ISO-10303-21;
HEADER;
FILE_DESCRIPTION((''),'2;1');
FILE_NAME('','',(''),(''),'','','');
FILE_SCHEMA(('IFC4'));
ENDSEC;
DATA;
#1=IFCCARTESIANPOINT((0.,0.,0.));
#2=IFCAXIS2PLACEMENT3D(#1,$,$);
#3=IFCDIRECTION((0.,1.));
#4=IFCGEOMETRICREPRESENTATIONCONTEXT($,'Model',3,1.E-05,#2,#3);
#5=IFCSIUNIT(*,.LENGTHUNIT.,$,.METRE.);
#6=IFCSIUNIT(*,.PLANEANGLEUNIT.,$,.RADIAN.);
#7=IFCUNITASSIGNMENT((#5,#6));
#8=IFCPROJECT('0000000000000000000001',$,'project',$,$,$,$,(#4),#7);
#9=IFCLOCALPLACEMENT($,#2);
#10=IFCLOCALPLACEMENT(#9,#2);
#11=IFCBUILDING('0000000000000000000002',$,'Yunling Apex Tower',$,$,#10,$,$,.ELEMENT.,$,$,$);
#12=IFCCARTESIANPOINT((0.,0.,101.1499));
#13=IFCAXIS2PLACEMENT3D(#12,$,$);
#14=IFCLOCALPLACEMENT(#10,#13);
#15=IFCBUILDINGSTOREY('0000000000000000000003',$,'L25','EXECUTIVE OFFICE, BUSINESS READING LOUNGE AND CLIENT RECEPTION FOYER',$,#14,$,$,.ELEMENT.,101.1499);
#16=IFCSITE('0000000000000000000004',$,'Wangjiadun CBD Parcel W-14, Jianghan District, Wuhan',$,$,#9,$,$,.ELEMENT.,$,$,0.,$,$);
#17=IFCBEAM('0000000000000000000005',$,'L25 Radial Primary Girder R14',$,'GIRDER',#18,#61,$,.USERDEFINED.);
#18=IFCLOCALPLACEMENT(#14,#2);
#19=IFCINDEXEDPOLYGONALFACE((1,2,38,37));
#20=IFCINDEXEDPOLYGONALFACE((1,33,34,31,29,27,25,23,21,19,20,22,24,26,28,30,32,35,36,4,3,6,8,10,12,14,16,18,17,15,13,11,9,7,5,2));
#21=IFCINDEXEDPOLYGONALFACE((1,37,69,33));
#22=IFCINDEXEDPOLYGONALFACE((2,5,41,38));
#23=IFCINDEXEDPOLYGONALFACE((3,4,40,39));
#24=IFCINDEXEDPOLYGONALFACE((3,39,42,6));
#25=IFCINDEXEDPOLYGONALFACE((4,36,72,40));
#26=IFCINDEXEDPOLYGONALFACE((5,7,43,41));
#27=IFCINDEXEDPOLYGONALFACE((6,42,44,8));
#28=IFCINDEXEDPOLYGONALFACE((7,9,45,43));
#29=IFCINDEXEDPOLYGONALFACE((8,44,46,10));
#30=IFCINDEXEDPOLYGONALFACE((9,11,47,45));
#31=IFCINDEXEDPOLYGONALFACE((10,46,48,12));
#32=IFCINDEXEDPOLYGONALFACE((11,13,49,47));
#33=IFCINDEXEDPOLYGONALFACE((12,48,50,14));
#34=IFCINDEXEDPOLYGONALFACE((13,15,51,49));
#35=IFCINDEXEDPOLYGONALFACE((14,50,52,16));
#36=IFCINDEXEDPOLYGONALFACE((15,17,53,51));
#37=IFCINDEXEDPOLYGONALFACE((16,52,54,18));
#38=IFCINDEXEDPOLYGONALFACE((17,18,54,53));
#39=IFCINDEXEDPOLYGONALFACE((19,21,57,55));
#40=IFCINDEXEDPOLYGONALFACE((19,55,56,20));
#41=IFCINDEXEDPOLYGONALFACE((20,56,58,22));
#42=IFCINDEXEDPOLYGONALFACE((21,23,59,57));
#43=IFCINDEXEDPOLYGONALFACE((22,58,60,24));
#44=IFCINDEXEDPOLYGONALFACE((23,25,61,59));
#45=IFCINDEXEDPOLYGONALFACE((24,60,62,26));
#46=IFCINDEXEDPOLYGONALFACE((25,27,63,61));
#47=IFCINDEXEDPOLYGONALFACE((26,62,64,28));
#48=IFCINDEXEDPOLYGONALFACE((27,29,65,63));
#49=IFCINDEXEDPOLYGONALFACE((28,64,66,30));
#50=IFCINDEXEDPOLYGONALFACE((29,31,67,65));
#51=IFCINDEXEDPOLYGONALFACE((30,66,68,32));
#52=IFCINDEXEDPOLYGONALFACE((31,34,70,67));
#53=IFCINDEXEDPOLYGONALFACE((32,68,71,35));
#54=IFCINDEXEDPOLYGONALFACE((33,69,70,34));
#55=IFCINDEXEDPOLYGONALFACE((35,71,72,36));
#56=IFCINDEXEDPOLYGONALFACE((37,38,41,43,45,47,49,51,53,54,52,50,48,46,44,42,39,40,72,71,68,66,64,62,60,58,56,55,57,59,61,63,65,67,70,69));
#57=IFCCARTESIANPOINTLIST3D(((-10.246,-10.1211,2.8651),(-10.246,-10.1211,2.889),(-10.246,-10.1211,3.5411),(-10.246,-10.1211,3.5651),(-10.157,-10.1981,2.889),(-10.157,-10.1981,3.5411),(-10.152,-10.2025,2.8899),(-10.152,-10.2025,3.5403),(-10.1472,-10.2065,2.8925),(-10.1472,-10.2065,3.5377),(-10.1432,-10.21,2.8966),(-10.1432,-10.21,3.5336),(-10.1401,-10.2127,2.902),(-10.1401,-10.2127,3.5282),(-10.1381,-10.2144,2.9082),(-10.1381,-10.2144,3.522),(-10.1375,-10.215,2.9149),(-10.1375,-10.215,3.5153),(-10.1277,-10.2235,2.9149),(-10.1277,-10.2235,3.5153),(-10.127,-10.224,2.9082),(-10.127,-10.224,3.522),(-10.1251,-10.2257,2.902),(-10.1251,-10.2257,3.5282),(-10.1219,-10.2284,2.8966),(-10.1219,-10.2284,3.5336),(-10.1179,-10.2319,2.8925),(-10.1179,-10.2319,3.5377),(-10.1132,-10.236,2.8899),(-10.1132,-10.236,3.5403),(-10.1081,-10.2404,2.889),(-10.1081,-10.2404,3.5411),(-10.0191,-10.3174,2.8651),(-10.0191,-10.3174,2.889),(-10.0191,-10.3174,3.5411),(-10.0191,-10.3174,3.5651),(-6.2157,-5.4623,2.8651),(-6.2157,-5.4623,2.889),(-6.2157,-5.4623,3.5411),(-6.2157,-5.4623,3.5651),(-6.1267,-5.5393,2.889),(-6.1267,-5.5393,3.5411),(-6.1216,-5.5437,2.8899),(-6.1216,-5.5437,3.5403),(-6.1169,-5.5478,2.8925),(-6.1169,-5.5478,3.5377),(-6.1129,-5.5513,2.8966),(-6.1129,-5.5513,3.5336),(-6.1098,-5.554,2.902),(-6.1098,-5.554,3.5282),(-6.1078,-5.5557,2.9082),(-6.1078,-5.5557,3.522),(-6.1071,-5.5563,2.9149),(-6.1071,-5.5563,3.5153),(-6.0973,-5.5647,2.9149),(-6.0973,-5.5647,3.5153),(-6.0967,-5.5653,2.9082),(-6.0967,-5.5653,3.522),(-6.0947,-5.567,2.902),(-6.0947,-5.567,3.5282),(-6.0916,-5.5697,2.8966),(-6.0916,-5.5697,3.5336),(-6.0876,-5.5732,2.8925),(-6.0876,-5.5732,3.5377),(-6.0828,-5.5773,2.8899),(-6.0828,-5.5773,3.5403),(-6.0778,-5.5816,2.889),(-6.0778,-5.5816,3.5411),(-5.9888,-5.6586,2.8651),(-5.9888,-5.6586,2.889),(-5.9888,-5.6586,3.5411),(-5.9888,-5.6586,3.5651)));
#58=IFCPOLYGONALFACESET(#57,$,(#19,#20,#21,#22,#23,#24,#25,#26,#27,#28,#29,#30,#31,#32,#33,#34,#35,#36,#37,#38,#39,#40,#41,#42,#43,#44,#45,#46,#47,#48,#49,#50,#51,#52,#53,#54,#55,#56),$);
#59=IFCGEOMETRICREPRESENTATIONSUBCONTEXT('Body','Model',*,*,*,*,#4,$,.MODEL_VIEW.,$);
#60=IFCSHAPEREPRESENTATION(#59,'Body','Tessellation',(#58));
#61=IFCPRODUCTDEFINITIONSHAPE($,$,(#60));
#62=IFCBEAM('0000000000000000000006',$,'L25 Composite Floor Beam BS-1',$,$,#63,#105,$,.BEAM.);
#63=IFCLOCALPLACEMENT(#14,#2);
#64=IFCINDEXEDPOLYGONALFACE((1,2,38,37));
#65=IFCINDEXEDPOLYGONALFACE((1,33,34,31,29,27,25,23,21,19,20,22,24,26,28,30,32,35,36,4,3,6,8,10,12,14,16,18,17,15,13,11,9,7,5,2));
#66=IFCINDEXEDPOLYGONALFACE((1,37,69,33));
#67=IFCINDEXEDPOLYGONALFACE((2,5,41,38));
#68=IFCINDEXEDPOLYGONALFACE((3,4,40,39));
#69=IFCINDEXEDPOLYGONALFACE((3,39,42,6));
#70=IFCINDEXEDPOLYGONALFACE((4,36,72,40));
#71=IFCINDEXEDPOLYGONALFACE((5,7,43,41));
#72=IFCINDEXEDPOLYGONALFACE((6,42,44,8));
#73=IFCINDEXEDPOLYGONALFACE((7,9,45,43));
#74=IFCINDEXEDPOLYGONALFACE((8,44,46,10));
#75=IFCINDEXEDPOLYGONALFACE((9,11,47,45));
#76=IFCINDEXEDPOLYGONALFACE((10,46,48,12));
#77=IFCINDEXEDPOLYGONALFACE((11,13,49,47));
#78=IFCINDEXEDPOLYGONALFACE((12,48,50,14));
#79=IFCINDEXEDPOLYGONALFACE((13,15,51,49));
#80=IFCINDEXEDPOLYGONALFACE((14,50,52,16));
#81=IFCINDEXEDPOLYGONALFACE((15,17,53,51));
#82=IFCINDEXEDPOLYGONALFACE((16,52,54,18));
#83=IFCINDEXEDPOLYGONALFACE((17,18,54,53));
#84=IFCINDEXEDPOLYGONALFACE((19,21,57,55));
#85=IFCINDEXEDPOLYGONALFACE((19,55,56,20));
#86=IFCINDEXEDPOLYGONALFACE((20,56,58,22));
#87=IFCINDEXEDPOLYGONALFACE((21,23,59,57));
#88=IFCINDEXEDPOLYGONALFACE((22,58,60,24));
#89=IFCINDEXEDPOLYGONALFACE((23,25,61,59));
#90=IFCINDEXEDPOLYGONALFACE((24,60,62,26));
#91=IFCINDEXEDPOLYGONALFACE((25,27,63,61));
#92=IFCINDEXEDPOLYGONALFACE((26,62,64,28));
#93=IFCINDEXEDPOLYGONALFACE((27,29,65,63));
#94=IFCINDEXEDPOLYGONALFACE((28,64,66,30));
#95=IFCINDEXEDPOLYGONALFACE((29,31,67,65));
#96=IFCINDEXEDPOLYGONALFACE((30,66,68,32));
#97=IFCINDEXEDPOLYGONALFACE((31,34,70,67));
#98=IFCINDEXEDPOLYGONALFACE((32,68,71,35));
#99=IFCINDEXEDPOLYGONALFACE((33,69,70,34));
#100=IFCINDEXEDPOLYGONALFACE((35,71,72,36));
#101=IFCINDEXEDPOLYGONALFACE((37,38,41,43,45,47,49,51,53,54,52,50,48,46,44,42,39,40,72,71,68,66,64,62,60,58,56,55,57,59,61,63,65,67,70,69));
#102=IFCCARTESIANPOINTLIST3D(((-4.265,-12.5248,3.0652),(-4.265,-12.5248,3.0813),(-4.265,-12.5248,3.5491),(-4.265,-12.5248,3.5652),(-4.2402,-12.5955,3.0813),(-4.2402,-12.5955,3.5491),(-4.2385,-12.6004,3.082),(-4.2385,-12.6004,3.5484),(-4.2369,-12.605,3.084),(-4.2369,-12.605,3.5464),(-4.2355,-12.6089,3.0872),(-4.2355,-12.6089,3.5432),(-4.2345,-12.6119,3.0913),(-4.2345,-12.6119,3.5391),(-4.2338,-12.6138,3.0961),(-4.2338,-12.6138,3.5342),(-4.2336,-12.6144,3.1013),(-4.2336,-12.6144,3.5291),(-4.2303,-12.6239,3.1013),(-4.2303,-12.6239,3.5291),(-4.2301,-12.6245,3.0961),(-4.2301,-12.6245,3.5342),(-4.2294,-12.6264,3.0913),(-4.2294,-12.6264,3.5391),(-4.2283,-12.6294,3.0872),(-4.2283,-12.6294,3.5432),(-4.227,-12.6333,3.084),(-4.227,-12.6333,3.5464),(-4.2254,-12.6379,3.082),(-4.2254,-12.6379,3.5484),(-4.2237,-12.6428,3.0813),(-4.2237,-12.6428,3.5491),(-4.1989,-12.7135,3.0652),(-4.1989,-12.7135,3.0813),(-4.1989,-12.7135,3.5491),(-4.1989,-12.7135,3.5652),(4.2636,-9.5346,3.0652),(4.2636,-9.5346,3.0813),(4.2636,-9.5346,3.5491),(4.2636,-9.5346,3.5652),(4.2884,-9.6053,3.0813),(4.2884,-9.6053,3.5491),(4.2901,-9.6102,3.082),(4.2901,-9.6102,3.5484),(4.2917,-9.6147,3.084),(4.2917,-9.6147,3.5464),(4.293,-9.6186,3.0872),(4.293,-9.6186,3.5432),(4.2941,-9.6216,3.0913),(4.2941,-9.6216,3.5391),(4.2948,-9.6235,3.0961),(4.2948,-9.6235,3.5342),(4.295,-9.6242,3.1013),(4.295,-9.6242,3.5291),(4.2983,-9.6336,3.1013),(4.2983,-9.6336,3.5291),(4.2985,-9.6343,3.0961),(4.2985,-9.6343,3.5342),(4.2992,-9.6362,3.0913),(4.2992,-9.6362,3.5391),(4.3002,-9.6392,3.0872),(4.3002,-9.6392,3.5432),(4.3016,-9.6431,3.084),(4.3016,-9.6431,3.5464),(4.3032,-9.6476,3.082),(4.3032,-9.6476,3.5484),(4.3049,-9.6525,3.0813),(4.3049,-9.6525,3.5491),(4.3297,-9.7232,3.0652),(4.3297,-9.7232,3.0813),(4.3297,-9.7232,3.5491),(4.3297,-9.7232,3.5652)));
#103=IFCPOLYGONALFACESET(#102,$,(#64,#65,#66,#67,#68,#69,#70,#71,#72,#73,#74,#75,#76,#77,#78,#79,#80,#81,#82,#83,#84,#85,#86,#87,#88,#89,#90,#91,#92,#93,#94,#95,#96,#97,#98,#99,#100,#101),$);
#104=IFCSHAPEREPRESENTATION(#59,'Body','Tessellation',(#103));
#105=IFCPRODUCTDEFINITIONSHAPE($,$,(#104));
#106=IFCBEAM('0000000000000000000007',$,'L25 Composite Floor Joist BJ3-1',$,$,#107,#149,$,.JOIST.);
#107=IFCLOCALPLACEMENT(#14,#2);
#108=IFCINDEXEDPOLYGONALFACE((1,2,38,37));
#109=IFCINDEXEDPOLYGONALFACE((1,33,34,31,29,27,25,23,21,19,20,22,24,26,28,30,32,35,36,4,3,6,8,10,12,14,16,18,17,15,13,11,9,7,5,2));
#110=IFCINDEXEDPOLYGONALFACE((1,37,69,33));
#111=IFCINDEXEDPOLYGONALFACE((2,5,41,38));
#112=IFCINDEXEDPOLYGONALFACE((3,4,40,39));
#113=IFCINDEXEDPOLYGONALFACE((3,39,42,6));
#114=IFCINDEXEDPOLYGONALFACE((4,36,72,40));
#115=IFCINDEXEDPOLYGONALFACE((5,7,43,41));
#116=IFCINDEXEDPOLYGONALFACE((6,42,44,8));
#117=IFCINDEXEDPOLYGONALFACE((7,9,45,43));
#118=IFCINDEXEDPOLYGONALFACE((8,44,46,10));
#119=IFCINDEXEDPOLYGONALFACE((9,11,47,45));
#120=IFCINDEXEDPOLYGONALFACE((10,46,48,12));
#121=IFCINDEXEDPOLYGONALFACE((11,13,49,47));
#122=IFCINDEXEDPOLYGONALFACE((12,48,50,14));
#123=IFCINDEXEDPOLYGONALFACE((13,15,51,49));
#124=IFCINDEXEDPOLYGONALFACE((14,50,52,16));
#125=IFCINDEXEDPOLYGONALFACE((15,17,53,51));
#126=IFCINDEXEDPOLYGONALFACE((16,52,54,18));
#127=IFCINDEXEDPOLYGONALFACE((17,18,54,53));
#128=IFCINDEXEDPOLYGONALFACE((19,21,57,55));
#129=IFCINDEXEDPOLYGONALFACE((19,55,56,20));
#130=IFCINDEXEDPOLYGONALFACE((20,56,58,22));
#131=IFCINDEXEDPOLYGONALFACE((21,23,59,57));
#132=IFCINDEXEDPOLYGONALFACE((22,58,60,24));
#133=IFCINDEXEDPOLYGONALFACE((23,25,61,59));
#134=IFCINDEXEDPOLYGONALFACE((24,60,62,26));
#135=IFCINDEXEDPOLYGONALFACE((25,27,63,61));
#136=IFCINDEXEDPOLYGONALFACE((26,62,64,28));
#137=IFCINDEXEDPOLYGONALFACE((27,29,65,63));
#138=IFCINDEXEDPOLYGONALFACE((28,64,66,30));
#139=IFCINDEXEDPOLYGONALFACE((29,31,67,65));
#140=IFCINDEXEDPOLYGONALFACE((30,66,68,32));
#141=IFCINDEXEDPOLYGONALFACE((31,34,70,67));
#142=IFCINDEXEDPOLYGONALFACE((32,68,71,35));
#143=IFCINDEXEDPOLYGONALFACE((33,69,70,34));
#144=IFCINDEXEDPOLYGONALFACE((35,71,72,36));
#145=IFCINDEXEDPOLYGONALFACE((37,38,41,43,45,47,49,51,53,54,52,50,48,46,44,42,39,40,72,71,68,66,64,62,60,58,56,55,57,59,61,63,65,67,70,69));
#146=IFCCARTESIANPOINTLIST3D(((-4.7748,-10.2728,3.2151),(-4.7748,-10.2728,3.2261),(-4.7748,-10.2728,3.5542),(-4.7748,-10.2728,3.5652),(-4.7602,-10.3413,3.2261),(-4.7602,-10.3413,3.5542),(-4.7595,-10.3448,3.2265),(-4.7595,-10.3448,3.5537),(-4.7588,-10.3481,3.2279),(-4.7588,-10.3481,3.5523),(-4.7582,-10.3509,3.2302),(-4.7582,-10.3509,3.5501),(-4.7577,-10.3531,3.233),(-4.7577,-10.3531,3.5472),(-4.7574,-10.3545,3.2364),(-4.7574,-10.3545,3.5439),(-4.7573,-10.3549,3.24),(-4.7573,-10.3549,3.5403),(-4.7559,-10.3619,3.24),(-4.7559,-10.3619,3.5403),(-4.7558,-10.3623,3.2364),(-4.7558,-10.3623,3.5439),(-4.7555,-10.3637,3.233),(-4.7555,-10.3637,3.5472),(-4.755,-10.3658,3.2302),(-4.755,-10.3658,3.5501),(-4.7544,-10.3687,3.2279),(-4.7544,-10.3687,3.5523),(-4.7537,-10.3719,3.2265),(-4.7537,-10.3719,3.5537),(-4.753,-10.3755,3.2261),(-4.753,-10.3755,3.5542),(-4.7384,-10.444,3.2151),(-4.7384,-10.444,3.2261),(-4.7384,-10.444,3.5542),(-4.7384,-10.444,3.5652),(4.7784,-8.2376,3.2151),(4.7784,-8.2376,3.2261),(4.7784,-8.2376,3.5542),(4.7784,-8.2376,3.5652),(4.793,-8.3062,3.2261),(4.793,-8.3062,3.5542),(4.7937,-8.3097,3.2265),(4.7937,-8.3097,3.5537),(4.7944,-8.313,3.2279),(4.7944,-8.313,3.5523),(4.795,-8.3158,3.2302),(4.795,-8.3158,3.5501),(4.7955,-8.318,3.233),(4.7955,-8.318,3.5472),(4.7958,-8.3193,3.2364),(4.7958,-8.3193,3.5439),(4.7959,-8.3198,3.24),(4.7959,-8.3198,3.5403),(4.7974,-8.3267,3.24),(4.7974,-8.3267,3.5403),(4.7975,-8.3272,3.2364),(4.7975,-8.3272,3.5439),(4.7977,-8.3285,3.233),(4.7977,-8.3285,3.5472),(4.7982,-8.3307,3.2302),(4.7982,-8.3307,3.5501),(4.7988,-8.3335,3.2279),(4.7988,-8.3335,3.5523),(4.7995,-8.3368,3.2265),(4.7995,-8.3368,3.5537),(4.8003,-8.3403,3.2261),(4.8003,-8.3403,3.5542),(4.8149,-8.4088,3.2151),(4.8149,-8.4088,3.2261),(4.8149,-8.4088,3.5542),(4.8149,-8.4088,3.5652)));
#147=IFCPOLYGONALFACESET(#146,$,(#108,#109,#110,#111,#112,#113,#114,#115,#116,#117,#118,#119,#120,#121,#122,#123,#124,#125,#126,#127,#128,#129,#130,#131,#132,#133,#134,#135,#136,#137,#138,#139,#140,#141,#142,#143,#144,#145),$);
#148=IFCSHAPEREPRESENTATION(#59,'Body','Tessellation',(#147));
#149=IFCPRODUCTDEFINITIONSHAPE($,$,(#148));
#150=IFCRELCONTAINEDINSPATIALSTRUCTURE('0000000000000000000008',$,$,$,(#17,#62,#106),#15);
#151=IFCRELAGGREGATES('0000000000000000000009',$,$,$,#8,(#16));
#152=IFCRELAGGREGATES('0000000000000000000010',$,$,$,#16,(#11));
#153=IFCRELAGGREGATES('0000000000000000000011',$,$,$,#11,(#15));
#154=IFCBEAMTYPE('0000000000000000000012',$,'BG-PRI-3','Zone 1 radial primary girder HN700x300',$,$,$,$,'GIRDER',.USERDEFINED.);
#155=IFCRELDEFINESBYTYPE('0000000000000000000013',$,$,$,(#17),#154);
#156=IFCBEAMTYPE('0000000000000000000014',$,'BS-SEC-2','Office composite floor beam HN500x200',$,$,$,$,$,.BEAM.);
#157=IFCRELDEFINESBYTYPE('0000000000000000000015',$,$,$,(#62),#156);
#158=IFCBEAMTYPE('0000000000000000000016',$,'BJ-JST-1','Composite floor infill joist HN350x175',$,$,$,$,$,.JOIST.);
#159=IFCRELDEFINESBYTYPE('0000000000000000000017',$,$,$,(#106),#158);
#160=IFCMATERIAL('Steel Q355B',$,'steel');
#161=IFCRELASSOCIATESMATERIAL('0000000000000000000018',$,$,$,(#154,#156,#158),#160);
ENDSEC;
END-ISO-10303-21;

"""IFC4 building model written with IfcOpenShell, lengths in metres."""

from ifc_helpers import new_model, si_unit, direction, frame, origin, origin_2d, place, context, subcontext, project, spatial, i_section, extrude, source, transform, mapped, material, material_profile, profile_set, type_object, element, save


model = new_model("IFC4")

# Units and contexts
model_context = context("Model", 3, precision=1e-05, world=origin(), true_north=direction((0.0, 1.0)))
body_context = subcontext(model_context, "Body", "Model", "MODEL_VIEW")
ifc_project = project(units=[si_unit("LENGTHUNIT", "METRE"), si_unit("PLANEANGLEUNIT", "RADIAN")], contexts=[model_context])

# Site, building, storey
site_placement = place(None, origin())
site = spatial("IfcSite", under=ifc_project, at=site_placement, Name="Wangjiadun CBD Parcel W-14, Jianghan District, Wuhan", CompositionType="ELEMENT", RefElevation=0.0)
building_placement = place(site_placement, origin())
building = spatial("IfcBuilding", under=site, at=building_placement, Name="Yunling Apex Tower", CompositionType="ELEMENT")
storey_placement = place(building_placement, frame((0.0, 0.0, 101.1499)))
storey = spatial("IfcBuildingStorey", under=building, at=storey_placement, Name="L25", Description="EXECUTIVE OFFICE, BUSINESS READING LOUNGE AND CLIENT RECEPTION FOYER", CompositionType="ELEMENT", Elevation=101.1499)

# Beams
ifc_material_1 = material(Name="Steel Q355B", Category="steel")
ifc_material_profile_1 = material_profile(ifc_material_1, i_section(OverallWidth=0.3, OverallDepth=0.7, WebThickness=0.0129, FlangeThickness=0.0239, FilletRadius=0.0259, at=origin_2d()))
ifc_profile_set_1 = profile_set([ifc_material_profile_1], Name="Steel Q355B")
beam_type_1 = type_object("IfcBeamType", Name="BG-PRI-3", Description="Zone 1 radial primary girder HN700x300", ElementType="GIRDER", PredefinedType="USERDEFINED", material=ifc_profile_set_1)
shared_shape_1 = source(origin(), body_context, "Body", "SweptSolid", [
    extrude(i_section(OverallWidth=0.3, OverallDepth=0.7, WebThickness=0.0129, FlangeThickness=0.0239, FilletRadius=0.0259, at=origin_2d()), origin(), (0.0, 0.0, 1.0), 6.1602),
])
beam_1_placement = place(storey_placement, frame((-10.1326, -10.2192, 3.2151), z_axis=(0.654257, 0.756272, 0.0), x_axis=(-0.756272, 0.654257, 0.0)))
element("IfcBeam", 1, at=beam_1_placement, inside=storey, type_object=beam_type_1, Name="L25 Radial Primary Girder R14", ObjectType="GIRDER", PredefinedType="USERDEFINED", context=body_context, shape_type="MappedRepresentation", body=[
    mapped(shared_shape_1, transform((0.0, 0.0, 0.0), scale=1.0)),
])
ifc_material_profile_2 = material_profile(ifc_material_1, i_section(OverallWidth=0.2, OverallDepth=0.5, WebThickness=0.01, FlangeThickness=0.0161, FilletRadius=0.02, at=origin_2d()))
ifc_profile_set_2 = profile_set([ifc_material_profile_2], Name="Steel Q355B")
beam_type_2 = type_object("IfcBeamType", Name="BS-SEC-2", Description="Office composite floor beam HN500x200", PredefinedType="BEAM", material=ifc_profile_set_2)
shared_shape_2 = source(origin(), body_context, "Body", "SweptSolid", [
    extrude(i_section(OverallWidth=0.2, OverallDepth=0.5, WebThickness=0.01, FlangeThickness=0.0161, FilletRadius=0.02, at=origin_2d()), origin(), (0.0, 0.0, 1.0), 9.0376),
])
beam_2_placement = place(storey_placement, frame((-4.2319, -12.6191, 3.3152), z_axis=(0.943678, 0.330867, 0.0), x_axis=(-0.330867, 0.943678, 0.0)))
element("IfcBeam", 2, at=beam_2_placement, inside=storey, type_object=beam_type_2, Name="L25 Composite Floor Beam BS-1", PredefinedType="BEAM", context=body_context, shape_type="MappedRepresentation", body=[
    mapped(shared_shape_2, transform((0.0, 0.0, 0.0), scale=1.0)),
])
ifc_material_profile_3 = material_profile(ifc_material_1, i_section(OverallWidth=0.175, OverallDepth=0.3501, WebThickness=0.0071, FlangeThickness=0.011, FilletRadius=0.0139, at=origin_2d()))
ifc_profile_set_3 = profile_set([ifc_material_profile_3], Name="Steel Q355B")
beam_type_3 = type_object("IfcBeamType", Name="BJ-JST-1", Description="Composite floor infill joist HN350x175", PredefinedType="JOIST", material=ifc_profile_set_3)
shared_shape_3 = source(origin(), body_context, "Body", "SweptSolid", [
    extrude(i_section(OverallWidth=0.175, OverallDepth=0.3501, WebThickness=0.0071, FlangeThickness=0.011, FilletRadius=0.0139, at=origin_2d()), origin(), (0.0, 0.0, 1.0), 9.7676),
])
beam_3_placement = place(storey_placement, frame((-4.7566, -10.3584, 3.3901), z_axis=(0.978053, 0.208358, 0.0), x_axis=(-0.208358, 0.978053, 0.0)))
element("IfcBeam", 3, at=beam_3_placement, inside=storey, type_object=beam_type_3, Name="L25 Composite Floor Joist BJ3-1", PredefinedType="JOIST", context=body_context, shape_type="MappedRepresentation", body=[
    mapped(shared_shape_3, transform((0.0, 0.0, 0.0), scale=1.0)),
])

save(model, "model.ifc")
